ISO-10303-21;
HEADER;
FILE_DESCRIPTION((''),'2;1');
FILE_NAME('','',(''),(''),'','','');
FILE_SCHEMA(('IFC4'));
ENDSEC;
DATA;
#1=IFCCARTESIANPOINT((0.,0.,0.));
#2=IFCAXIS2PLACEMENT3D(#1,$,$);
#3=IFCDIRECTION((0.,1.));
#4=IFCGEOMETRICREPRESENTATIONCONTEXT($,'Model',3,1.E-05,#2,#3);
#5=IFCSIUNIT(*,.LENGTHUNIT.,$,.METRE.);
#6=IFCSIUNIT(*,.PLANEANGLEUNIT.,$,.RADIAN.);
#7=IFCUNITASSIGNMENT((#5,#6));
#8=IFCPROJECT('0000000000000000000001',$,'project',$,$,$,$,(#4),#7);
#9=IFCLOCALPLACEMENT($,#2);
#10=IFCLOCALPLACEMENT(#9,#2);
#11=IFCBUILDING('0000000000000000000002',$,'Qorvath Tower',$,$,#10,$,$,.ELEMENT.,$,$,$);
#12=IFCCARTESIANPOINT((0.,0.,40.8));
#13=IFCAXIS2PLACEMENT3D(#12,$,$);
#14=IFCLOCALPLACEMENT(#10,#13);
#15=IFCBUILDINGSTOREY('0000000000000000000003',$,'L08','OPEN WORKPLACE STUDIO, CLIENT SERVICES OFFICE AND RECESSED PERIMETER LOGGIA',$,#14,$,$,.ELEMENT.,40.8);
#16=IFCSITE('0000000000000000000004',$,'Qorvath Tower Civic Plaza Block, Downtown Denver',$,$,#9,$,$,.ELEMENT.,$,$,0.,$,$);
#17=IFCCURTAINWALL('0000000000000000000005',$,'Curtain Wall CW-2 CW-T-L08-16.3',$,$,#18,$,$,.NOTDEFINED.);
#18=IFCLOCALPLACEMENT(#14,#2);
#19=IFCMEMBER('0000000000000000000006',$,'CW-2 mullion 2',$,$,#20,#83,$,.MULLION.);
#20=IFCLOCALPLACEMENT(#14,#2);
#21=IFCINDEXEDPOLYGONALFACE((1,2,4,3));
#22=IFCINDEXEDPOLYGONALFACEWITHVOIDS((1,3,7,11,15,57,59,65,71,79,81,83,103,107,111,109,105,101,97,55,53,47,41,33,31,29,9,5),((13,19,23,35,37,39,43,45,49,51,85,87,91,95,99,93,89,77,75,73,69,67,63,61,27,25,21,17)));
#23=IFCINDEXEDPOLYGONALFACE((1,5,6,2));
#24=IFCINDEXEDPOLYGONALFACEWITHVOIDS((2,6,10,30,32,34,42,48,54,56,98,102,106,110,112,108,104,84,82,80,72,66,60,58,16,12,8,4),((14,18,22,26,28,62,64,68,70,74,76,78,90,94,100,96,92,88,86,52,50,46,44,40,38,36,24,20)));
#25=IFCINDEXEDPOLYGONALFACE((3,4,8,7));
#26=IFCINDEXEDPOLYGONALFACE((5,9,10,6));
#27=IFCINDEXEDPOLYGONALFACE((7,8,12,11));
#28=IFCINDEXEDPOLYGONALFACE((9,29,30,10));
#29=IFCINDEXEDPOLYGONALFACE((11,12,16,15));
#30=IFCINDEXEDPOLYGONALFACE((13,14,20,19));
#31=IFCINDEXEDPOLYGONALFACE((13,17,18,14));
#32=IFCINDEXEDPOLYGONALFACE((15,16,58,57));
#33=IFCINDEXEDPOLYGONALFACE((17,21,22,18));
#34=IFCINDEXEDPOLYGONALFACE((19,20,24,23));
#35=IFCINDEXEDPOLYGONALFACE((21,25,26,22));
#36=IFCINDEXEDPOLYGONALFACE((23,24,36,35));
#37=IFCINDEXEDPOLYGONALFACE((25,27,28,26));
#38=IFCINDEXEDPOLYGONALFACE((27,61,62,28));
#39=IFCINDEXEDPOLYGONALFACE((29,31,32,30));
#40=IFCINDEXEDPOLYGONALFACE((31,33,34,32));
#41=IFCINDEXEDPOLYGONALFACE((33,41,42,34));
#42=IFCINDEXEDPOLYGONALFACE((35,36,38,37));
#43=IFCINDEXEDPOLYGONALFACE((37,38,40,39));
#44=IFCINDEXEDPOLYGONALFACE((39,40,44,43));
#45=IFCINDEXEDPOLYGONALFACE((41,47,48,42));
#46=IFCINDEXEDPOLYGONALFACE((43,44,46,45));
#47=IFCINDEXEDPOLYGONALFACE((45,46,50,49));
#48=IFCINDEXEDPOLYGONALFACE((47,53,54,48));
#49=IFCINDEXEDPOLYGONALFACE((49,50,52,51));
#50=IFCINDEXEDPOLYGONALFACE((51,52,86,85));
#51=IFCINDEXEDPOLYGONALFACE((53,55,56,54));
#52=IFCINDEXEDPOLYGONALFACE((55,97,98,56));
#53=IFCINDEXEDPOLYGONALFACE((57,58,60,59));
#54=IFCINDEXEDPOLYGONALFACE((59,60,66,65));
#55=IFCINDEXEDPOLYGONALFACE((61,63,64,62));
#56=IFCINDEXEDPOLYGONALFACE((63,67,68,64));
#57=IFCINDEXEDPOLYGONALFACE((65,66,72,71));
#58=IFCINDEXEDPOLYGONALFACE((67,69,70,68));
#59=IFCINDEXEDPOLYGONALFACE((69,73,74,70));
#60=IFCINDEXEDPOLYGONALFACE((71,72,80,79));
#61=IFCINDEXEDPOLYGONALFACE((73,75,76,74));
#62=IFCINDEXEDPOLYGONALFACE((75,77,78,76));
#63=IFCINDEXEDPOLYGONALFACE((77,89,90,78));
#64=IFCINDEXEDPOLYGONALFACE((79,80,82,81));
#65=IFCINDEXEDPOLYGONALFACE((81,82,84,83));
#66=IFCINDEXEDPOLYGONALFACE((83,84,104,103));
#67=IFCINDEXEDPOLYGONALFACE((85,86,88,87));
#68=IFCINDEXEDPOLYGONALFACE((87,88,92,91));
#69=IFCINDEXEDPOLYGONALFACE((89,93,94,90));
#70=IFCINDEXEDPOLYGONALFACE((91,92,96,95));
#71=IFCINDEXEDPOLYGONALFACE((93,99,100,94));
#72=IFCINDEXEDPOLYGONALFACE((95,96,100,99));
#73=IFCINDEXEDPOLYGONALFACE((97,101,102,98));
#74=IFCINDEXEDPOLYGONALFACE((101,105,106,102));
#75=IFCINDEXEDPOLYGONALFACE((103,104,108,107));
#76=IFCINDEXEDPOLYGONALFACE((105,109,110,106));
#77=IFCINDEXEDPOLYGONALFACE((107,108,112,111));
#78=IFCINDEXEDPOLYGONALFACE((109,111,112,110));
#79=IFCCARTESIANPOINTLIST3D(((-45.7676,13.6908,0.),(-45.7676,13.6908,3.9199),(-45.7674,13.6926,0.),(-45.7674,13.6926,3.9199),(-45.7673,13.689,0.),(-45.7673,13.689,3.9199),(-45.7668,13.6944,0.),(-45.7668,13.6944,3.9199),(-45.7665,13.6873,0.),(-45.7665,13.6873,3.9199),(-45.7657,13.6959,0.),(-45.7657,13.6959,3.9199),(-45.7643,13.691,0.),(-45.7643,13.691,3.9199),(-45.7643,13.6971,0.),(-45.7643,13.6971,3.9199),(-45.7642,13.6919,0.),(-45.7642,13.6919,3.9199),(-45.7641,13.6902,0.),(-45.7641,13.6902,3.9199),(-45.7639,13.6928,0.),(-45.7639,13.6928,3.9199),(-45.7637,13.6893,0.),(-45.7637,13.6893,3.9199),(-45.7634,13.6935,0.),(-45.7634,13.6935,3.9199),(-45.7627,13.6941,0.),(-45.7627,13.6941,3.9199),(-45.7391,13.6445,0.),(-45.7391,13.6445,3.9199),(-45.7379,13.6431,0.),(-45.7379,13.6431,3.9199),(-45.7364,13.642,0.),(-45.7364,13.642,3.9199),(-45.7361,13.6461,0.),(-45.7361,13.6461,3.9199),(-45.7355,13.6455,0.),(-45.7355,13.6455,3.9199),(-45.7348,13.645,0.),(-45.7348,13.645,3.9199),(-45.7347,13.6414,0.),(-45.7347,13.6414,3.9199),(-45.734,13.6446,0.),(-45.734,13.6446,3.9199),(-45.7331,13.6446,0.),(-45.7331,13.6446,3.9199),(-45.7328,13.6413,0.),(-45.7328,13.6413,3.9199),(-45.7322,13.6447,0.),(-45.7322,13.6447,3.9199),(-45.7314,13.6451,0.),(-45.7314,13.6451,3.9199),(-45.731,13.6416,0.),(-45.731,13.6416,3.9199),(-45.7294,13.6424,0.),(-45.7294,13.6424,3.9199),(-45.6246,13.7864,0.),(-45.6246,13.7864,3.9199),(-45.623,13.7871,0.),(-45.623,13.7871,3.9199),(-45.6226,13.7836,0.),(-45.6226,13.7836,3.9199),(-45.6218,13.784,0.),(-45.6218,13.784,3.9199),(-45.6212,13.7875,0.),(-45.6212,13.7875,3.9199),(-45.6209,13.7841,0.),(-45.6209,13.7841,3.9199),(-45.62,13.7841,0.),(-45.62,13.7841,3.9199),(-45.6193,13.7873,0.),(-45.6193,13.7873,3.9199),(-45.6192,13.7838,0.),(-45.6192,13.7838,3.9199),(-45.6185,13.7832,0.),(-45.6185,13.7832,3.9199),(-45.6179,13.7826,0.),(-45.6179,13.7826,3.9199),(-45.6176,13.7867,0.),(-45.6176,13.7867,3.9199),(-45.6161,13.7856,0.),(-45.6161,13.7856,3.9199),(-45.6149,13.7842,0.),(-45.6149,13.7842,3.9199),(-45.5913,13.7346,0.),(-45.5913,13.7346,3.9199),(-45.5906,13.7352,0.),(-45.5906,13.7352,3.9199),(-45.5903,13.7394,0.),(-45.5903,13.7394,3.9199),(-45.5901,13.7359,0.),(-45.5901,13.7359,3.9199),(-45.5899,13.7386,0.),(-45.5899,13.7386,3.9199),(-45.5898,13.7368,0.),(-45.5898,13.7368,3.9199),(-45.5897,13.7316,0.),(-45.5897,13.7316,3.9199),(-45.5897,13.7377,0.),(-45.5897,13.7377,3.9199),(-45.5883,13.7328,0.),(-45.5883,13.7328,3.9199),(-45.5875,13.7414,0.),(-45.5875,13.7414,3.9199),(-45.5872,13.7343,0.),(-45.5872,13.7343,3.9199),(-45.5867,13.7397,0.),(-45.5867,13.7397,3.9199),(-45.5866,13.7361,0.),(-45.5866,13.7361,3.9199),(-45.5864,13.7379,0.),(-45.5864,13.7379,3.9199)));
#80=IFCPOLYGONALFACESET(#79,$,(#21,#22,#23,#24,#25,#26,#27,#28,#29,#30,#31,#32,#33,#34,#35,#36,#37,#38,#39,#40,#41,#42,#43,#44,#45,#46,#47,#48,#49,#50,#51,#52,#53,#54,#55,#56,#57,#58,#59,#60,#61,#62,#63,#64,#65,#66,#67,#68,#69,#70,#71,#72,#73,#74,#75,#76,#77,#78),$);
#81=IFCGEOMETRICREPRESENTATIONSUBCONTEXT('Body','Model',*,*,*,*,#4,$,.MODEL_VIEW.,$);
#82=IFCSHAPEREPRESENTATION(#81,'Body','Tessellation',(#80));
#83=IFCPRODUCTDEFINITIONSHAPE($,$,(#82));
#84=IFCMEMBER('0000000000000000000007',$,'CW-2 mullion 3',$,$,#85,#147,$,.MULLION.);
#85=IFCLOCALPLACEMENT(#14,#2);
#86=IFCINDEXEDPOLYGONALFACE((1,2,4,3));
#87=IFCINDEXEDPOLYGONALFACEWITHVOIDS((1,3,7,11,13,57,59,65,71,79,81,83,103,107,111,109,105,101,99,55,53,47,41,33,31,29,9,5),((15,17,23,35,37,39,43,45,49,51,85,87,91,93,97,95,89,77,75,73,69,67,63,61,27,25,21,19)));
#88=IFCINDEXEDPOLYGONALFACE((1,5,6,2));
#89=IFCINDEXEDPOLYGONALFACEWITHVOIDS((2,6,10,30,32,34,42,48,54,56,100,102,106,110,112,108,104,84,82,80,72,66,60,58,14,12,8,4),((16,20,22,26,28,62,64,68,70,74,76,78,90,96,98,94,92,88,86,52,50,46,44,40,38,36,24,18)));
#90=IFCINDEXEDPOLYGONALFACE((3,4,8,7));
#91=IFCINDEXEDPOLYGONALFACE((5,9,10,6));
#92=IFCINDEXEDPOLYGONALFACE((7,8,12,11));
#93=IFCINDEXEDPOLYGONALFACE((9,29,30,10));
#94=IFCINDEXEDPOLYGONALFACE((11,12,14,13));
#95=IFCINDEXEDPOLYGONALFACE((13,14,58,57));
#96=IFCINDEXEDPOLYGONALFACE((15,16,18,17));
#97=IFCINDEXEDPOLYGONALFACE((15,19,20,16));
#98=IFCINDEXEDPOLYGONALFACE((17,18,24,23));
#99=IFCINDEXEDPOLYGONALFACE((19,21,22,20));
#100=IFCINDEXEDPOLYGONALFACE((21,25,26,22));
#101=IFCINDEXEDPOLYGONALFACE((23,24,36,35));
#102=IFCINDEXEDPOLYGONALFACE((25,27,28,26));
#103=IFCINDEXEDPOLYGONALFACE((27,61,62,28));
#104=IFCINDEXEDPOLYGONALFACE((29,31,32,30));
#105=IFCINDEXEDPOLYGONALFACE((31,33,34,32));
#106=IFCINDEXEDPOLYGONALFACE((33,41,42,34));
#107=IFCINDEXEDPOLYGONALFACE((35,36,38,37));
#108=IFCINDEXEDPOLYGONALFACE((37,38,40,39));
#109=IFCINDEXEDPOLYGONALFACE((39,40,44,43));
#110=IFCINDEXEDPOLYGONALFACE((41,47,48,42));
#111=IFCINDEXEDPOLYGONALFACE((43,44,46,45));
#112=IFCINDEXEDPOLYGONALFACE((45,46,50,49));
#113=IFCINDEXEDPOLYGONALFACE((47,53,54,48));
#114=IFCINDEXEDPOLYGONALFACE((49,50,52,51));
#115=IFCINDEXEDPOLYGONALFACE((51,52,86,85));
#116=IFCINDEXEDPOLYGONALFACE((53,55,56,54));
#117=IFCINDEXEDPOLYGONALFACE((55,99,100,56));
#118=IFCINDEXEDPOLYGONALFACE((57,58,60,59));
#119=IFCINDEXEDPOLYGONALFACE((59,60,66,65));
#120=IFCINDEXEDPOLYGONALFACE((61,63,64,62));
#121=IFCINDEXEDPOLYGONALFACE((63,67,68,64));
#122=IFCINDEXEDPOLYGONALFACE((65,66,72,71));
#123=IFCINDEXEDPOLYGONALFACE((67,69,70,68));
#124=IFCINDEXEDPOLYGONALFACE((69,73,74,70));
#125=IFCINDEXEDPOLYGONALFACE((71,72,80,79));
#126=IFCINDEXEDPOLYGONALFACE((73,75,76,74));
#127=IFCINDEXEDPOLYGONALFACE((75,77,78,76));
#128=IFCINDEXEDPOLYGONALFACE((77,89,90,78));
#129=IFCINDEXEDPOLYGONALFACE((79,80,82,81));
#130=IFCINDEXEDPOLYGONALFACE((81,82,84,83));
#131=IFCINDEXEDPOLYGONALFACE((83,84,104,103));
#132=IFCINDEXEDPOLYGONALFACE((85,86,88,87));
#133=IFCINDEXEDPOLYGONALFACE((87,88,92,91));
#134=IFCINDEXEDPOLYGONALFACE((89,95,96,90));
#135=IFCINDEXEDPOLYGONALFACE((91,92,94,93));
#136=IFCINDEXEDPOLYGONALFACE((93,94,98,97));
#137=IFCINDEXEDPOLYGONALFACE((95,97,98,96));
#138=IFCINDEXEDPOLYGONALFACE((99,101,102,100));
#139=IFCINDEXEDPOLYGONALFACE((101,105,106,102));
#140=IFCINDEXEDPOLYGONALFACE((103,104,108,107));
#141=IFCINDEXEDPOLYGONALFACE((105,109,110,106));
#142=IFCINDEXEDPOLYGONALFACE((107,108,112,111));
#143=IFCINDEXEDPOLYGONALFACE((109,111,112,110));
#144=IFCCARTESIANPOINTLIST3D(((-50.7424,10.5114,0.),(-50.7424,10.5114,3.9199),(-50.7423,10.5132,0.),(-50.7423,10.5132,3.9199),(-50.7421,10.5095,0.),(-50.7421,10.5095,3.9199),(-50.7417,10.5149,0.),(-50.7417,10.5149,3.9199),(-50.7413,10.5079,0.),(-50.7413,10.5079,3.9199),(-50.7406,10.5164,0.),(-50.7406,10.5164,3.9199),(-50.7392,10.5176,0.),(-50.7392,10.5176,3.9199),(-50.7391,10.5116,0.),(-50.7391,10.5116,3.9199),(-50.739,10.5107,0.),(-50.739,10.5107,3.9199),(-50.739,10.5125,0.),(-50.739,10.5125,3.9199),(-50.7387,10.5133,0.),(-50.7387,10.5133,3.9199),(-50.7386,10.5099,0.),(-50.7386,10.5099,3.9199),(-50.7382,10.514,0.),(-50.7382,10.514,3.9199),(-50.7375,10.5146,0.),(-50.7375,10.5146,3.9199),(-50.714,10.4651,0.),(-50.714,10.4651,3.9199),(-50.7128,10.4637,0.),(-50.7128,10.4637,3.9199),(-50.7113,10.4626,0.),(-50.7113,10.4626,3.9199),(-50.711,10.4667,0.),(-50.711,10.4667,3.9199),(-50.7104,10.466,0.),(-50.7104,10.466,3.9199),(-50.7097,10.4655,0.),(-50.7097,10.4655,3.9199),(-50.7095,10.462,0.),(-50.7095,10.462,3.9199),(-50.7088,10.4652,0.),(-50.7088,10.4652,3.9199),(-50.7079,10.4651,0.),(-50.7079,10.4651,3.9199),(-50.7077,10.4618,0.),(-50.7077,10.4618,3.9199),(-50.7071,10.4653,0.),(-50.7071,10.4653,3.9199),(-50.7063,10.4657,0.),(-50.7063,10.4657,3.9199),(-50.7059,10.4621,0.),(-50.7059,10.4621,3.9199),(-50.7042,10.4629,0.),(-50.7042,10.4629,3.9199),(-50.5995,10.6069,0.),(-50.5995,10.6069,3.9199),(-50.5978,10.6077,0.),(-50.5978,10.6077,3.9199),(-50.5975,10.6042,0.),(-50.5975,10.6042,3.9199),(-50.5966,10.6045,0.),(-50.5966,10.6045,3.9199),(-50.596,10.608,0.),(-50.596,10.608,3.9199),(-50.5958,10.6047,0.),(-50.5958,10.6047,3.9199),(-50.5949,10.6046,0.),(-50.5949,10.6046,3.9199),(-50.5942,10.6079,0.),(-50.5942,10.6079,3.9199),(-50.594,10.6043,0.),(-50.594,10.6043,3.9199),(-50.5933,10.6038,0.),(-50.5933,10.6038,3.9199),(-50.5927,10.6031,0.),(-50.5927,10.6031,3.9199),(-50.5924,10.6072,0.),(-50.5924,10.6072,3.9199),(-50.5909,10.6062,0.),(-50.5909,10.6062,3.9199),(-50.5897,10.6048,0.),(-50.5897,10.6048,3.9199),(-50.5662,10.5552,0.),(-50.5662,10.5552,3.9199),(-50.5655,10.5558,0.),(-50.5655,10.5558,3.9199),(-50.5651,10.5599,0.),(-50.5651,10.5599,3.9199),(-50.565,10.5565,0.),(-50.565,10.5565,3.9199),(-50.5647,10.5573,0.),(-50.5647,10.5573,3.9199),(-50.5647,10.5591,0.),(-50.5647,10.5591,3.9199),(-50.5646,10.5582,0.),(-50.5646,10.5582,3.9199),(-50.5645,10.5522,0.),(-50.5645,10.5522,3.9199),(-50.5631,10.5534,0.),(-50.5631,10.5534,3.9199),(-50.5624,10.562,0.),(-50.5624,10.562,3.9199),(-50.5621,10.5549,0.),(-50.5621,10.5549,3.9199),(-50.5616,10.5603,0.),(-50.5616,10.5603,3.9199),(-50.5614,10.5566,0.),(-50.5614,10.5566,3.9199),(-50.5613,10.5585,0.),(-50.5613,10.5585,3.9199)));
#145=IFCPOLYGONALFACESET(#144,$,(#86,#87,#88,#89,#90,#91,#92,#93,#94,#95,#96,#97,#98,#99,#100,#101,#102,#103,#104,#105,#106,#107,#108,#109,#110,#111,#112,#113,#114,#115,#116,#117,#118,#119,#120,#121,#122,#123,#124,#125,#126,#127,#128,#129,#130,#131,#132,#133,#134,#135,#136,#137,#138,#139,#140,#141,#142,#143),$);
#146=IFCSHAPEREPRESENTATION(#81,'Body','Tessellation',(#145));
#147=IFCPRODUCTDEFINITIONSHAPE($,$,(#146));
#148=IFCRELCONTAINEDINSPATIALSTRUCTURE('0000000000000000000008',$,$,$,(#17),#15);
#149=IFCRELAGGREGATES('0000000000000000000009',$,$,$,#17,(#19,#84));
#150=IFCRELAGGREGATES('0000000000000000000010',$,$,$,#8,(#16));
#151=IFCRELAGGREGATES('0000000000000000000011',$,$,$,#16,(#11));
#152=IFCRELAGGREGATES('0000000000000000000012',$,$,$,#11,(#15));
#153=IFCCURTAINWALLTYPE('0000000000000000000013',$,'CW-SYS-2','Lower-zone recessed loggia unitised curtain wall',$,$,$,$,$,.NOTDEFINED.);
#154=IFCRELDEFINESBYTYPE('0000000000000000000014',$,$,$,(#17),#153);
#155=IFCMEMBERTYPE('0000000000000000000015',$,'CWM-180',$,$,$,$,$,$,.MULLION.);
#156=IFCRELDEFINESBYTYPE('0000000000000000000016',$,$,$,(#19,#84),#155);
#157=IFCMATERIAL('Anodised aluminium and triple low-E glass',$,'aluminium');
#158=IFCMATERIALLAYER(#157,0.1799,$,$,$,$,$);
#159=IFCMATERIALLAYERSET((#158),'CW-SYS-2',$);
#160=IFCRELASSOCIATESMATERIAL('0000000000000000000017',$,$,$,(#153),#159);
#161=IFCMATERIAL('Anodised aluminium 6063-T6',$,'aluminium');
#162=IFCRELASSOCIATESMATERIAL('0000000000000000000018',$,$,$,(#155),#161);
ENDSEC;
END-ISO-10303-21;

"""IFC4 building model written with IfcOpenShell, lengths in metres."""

from ifc_helpers import new_model, si_unit, direction, frame, origin, origin_2d, place, context, subcontext, project, spatial, hollow_rectangle, extrude, material, layer, layer_set, material_profile, profile_set, type_object, element, aggregate, save


model = new_model("IFC4")

# Units and contexts
model_context = context("Model", 3, precision=1e-05, world=origin(), true_north=direction((0.0, 1.0)))
body_context = subcontext(model_context, "Body", "Model", "MODEL_VIEW")
ifc_project = project(units=[si_unit("LENGTHUNIT", "METRE"), si_unit("PLANEANGLEUNIT", "RADIAN")], contexts=[model_context])

# Site, building, storey
site_placement = place(None, origin())
site = spatial("IfcSite", under=ifc_project, at=site_placement, Name="Qorvath Tower Civic Plaza Block, Downtown Denver", CompositionType="ELEMENT", RefElevation=0.0)
building_placement = place(site_placement, origin())
building = spatial("IfcBuilding", under=site, at=building_placement, Name="Qorvath Tower", CompositionType="ELEMENT")
storey_placement = place(building_placement, frame((0.0, 0.0, 40.8)))
storey = spatial("IfcBuildingStorey", under=building, at=storey_placement, Name="L08", Description="OPEN WORKPLACE STUDIO, CLIENT SERVICES OFFICE AND RECESSED PERIMETER LOGGIA", CompositionType="ELEMENT", Elevation=40.8)

# Curtain wall, members
ifc_material_1 = material(Name="Anodised aluminium and triple low-E glass", Category="aluminium")
ifc_layer_1 = layer(ifc_material_1, 0.1799)
ifc_layer_set_1 = layer_set([ifc_layer_1], Name="CW-SYS-2")
curtain_wall_type = type_object("IfcCurtainWallType", Name="CW-SYS-2", Description="Lower-zone recessed loggia unitised curtain wall", PredefinedType="NOTDEFINED", material=ifc_layer_set_1)
curtain_wall_placement = place(storey_placement, origin())
curtain_wall = element("IfcCurtainWall", 1, at=curtain_wall_placement, inside=storey, type_object=curtain_wall_type, Name="Curtain Wall CW-2 CW-T-L08-16.3", PredefinedType="NOTDEFINED")
ifc_material_2 = material(Name="Anodised aluminium 6063-T6", Category="aluminium")
ifc_material_profile_1 = material_profile(ifc_material_2, hollow_rectangle(XDim=0.0649, YDim=0.1799, WallThickness=0.0034, InnerFilletRadius=0.0034, OuterFilletRadius=0.0071, at=origin_2d()), Name="CWM 180x65")
ifc_profile_set_1 = profile_set([ifc_material_profile_1], Name="Anodised aluminium 6063-T6")
member_type_1 = type_object("IfcMemberType", Name="CWM-180", PredefinedType="MULLION", material=ifc_profile_set_1)
member_1_placement = place(storey_placement, frame((-45.677, 13.7144, 0.0), z_axis=(0.0, 0.0, 1.0), x_axis=(0.538532, -0.842605, 0.0)))
member_1 = element("IfcMember", 2, at=member_1_placement, type_object=member_type_1, Name="CW-2 mullion 2", PredefinedType="MULLION", context=body_context, shape_type="SweptSolid", body=[
    extrude(hollow_rectangle(XDim=0.0649, YDim=0.1799, WallThickness=0.0034, InnerFilletRadius=0.0034, OuterFilletRadius=0.0071, at=origin_2d()), origin(), (0.0, 0.0, 1.0), 3.9199),
])
member_2_placement = place(storey_placement, frame((-50.6519, 10.5349, 0.0), z_axis=(0.0, 0.0, 1.0), x_axis=(0.538532, -0.842605, 0.0)))
member_2 = element("IfcMember", 3, at=member_2_placement, type_object=member_type_1, Name="CW-2 mullion 3", PredefinedType="MULLION", context=body_context, shape_type="SweptSolid", body=[
    extrude(hollow_rectangle(XDim=0.0649, YDim=0.1799, WallThickness=0.0034, InnerFilletRadius=0.0034, OuterFilletRadius=0.0071, at=origin_2d()), origin(), (0.0, 0.0, 1.0), 3.9199),
])
aggregate(curtain_wall, [member_1, member_2])

save(model, "model.ifc")
